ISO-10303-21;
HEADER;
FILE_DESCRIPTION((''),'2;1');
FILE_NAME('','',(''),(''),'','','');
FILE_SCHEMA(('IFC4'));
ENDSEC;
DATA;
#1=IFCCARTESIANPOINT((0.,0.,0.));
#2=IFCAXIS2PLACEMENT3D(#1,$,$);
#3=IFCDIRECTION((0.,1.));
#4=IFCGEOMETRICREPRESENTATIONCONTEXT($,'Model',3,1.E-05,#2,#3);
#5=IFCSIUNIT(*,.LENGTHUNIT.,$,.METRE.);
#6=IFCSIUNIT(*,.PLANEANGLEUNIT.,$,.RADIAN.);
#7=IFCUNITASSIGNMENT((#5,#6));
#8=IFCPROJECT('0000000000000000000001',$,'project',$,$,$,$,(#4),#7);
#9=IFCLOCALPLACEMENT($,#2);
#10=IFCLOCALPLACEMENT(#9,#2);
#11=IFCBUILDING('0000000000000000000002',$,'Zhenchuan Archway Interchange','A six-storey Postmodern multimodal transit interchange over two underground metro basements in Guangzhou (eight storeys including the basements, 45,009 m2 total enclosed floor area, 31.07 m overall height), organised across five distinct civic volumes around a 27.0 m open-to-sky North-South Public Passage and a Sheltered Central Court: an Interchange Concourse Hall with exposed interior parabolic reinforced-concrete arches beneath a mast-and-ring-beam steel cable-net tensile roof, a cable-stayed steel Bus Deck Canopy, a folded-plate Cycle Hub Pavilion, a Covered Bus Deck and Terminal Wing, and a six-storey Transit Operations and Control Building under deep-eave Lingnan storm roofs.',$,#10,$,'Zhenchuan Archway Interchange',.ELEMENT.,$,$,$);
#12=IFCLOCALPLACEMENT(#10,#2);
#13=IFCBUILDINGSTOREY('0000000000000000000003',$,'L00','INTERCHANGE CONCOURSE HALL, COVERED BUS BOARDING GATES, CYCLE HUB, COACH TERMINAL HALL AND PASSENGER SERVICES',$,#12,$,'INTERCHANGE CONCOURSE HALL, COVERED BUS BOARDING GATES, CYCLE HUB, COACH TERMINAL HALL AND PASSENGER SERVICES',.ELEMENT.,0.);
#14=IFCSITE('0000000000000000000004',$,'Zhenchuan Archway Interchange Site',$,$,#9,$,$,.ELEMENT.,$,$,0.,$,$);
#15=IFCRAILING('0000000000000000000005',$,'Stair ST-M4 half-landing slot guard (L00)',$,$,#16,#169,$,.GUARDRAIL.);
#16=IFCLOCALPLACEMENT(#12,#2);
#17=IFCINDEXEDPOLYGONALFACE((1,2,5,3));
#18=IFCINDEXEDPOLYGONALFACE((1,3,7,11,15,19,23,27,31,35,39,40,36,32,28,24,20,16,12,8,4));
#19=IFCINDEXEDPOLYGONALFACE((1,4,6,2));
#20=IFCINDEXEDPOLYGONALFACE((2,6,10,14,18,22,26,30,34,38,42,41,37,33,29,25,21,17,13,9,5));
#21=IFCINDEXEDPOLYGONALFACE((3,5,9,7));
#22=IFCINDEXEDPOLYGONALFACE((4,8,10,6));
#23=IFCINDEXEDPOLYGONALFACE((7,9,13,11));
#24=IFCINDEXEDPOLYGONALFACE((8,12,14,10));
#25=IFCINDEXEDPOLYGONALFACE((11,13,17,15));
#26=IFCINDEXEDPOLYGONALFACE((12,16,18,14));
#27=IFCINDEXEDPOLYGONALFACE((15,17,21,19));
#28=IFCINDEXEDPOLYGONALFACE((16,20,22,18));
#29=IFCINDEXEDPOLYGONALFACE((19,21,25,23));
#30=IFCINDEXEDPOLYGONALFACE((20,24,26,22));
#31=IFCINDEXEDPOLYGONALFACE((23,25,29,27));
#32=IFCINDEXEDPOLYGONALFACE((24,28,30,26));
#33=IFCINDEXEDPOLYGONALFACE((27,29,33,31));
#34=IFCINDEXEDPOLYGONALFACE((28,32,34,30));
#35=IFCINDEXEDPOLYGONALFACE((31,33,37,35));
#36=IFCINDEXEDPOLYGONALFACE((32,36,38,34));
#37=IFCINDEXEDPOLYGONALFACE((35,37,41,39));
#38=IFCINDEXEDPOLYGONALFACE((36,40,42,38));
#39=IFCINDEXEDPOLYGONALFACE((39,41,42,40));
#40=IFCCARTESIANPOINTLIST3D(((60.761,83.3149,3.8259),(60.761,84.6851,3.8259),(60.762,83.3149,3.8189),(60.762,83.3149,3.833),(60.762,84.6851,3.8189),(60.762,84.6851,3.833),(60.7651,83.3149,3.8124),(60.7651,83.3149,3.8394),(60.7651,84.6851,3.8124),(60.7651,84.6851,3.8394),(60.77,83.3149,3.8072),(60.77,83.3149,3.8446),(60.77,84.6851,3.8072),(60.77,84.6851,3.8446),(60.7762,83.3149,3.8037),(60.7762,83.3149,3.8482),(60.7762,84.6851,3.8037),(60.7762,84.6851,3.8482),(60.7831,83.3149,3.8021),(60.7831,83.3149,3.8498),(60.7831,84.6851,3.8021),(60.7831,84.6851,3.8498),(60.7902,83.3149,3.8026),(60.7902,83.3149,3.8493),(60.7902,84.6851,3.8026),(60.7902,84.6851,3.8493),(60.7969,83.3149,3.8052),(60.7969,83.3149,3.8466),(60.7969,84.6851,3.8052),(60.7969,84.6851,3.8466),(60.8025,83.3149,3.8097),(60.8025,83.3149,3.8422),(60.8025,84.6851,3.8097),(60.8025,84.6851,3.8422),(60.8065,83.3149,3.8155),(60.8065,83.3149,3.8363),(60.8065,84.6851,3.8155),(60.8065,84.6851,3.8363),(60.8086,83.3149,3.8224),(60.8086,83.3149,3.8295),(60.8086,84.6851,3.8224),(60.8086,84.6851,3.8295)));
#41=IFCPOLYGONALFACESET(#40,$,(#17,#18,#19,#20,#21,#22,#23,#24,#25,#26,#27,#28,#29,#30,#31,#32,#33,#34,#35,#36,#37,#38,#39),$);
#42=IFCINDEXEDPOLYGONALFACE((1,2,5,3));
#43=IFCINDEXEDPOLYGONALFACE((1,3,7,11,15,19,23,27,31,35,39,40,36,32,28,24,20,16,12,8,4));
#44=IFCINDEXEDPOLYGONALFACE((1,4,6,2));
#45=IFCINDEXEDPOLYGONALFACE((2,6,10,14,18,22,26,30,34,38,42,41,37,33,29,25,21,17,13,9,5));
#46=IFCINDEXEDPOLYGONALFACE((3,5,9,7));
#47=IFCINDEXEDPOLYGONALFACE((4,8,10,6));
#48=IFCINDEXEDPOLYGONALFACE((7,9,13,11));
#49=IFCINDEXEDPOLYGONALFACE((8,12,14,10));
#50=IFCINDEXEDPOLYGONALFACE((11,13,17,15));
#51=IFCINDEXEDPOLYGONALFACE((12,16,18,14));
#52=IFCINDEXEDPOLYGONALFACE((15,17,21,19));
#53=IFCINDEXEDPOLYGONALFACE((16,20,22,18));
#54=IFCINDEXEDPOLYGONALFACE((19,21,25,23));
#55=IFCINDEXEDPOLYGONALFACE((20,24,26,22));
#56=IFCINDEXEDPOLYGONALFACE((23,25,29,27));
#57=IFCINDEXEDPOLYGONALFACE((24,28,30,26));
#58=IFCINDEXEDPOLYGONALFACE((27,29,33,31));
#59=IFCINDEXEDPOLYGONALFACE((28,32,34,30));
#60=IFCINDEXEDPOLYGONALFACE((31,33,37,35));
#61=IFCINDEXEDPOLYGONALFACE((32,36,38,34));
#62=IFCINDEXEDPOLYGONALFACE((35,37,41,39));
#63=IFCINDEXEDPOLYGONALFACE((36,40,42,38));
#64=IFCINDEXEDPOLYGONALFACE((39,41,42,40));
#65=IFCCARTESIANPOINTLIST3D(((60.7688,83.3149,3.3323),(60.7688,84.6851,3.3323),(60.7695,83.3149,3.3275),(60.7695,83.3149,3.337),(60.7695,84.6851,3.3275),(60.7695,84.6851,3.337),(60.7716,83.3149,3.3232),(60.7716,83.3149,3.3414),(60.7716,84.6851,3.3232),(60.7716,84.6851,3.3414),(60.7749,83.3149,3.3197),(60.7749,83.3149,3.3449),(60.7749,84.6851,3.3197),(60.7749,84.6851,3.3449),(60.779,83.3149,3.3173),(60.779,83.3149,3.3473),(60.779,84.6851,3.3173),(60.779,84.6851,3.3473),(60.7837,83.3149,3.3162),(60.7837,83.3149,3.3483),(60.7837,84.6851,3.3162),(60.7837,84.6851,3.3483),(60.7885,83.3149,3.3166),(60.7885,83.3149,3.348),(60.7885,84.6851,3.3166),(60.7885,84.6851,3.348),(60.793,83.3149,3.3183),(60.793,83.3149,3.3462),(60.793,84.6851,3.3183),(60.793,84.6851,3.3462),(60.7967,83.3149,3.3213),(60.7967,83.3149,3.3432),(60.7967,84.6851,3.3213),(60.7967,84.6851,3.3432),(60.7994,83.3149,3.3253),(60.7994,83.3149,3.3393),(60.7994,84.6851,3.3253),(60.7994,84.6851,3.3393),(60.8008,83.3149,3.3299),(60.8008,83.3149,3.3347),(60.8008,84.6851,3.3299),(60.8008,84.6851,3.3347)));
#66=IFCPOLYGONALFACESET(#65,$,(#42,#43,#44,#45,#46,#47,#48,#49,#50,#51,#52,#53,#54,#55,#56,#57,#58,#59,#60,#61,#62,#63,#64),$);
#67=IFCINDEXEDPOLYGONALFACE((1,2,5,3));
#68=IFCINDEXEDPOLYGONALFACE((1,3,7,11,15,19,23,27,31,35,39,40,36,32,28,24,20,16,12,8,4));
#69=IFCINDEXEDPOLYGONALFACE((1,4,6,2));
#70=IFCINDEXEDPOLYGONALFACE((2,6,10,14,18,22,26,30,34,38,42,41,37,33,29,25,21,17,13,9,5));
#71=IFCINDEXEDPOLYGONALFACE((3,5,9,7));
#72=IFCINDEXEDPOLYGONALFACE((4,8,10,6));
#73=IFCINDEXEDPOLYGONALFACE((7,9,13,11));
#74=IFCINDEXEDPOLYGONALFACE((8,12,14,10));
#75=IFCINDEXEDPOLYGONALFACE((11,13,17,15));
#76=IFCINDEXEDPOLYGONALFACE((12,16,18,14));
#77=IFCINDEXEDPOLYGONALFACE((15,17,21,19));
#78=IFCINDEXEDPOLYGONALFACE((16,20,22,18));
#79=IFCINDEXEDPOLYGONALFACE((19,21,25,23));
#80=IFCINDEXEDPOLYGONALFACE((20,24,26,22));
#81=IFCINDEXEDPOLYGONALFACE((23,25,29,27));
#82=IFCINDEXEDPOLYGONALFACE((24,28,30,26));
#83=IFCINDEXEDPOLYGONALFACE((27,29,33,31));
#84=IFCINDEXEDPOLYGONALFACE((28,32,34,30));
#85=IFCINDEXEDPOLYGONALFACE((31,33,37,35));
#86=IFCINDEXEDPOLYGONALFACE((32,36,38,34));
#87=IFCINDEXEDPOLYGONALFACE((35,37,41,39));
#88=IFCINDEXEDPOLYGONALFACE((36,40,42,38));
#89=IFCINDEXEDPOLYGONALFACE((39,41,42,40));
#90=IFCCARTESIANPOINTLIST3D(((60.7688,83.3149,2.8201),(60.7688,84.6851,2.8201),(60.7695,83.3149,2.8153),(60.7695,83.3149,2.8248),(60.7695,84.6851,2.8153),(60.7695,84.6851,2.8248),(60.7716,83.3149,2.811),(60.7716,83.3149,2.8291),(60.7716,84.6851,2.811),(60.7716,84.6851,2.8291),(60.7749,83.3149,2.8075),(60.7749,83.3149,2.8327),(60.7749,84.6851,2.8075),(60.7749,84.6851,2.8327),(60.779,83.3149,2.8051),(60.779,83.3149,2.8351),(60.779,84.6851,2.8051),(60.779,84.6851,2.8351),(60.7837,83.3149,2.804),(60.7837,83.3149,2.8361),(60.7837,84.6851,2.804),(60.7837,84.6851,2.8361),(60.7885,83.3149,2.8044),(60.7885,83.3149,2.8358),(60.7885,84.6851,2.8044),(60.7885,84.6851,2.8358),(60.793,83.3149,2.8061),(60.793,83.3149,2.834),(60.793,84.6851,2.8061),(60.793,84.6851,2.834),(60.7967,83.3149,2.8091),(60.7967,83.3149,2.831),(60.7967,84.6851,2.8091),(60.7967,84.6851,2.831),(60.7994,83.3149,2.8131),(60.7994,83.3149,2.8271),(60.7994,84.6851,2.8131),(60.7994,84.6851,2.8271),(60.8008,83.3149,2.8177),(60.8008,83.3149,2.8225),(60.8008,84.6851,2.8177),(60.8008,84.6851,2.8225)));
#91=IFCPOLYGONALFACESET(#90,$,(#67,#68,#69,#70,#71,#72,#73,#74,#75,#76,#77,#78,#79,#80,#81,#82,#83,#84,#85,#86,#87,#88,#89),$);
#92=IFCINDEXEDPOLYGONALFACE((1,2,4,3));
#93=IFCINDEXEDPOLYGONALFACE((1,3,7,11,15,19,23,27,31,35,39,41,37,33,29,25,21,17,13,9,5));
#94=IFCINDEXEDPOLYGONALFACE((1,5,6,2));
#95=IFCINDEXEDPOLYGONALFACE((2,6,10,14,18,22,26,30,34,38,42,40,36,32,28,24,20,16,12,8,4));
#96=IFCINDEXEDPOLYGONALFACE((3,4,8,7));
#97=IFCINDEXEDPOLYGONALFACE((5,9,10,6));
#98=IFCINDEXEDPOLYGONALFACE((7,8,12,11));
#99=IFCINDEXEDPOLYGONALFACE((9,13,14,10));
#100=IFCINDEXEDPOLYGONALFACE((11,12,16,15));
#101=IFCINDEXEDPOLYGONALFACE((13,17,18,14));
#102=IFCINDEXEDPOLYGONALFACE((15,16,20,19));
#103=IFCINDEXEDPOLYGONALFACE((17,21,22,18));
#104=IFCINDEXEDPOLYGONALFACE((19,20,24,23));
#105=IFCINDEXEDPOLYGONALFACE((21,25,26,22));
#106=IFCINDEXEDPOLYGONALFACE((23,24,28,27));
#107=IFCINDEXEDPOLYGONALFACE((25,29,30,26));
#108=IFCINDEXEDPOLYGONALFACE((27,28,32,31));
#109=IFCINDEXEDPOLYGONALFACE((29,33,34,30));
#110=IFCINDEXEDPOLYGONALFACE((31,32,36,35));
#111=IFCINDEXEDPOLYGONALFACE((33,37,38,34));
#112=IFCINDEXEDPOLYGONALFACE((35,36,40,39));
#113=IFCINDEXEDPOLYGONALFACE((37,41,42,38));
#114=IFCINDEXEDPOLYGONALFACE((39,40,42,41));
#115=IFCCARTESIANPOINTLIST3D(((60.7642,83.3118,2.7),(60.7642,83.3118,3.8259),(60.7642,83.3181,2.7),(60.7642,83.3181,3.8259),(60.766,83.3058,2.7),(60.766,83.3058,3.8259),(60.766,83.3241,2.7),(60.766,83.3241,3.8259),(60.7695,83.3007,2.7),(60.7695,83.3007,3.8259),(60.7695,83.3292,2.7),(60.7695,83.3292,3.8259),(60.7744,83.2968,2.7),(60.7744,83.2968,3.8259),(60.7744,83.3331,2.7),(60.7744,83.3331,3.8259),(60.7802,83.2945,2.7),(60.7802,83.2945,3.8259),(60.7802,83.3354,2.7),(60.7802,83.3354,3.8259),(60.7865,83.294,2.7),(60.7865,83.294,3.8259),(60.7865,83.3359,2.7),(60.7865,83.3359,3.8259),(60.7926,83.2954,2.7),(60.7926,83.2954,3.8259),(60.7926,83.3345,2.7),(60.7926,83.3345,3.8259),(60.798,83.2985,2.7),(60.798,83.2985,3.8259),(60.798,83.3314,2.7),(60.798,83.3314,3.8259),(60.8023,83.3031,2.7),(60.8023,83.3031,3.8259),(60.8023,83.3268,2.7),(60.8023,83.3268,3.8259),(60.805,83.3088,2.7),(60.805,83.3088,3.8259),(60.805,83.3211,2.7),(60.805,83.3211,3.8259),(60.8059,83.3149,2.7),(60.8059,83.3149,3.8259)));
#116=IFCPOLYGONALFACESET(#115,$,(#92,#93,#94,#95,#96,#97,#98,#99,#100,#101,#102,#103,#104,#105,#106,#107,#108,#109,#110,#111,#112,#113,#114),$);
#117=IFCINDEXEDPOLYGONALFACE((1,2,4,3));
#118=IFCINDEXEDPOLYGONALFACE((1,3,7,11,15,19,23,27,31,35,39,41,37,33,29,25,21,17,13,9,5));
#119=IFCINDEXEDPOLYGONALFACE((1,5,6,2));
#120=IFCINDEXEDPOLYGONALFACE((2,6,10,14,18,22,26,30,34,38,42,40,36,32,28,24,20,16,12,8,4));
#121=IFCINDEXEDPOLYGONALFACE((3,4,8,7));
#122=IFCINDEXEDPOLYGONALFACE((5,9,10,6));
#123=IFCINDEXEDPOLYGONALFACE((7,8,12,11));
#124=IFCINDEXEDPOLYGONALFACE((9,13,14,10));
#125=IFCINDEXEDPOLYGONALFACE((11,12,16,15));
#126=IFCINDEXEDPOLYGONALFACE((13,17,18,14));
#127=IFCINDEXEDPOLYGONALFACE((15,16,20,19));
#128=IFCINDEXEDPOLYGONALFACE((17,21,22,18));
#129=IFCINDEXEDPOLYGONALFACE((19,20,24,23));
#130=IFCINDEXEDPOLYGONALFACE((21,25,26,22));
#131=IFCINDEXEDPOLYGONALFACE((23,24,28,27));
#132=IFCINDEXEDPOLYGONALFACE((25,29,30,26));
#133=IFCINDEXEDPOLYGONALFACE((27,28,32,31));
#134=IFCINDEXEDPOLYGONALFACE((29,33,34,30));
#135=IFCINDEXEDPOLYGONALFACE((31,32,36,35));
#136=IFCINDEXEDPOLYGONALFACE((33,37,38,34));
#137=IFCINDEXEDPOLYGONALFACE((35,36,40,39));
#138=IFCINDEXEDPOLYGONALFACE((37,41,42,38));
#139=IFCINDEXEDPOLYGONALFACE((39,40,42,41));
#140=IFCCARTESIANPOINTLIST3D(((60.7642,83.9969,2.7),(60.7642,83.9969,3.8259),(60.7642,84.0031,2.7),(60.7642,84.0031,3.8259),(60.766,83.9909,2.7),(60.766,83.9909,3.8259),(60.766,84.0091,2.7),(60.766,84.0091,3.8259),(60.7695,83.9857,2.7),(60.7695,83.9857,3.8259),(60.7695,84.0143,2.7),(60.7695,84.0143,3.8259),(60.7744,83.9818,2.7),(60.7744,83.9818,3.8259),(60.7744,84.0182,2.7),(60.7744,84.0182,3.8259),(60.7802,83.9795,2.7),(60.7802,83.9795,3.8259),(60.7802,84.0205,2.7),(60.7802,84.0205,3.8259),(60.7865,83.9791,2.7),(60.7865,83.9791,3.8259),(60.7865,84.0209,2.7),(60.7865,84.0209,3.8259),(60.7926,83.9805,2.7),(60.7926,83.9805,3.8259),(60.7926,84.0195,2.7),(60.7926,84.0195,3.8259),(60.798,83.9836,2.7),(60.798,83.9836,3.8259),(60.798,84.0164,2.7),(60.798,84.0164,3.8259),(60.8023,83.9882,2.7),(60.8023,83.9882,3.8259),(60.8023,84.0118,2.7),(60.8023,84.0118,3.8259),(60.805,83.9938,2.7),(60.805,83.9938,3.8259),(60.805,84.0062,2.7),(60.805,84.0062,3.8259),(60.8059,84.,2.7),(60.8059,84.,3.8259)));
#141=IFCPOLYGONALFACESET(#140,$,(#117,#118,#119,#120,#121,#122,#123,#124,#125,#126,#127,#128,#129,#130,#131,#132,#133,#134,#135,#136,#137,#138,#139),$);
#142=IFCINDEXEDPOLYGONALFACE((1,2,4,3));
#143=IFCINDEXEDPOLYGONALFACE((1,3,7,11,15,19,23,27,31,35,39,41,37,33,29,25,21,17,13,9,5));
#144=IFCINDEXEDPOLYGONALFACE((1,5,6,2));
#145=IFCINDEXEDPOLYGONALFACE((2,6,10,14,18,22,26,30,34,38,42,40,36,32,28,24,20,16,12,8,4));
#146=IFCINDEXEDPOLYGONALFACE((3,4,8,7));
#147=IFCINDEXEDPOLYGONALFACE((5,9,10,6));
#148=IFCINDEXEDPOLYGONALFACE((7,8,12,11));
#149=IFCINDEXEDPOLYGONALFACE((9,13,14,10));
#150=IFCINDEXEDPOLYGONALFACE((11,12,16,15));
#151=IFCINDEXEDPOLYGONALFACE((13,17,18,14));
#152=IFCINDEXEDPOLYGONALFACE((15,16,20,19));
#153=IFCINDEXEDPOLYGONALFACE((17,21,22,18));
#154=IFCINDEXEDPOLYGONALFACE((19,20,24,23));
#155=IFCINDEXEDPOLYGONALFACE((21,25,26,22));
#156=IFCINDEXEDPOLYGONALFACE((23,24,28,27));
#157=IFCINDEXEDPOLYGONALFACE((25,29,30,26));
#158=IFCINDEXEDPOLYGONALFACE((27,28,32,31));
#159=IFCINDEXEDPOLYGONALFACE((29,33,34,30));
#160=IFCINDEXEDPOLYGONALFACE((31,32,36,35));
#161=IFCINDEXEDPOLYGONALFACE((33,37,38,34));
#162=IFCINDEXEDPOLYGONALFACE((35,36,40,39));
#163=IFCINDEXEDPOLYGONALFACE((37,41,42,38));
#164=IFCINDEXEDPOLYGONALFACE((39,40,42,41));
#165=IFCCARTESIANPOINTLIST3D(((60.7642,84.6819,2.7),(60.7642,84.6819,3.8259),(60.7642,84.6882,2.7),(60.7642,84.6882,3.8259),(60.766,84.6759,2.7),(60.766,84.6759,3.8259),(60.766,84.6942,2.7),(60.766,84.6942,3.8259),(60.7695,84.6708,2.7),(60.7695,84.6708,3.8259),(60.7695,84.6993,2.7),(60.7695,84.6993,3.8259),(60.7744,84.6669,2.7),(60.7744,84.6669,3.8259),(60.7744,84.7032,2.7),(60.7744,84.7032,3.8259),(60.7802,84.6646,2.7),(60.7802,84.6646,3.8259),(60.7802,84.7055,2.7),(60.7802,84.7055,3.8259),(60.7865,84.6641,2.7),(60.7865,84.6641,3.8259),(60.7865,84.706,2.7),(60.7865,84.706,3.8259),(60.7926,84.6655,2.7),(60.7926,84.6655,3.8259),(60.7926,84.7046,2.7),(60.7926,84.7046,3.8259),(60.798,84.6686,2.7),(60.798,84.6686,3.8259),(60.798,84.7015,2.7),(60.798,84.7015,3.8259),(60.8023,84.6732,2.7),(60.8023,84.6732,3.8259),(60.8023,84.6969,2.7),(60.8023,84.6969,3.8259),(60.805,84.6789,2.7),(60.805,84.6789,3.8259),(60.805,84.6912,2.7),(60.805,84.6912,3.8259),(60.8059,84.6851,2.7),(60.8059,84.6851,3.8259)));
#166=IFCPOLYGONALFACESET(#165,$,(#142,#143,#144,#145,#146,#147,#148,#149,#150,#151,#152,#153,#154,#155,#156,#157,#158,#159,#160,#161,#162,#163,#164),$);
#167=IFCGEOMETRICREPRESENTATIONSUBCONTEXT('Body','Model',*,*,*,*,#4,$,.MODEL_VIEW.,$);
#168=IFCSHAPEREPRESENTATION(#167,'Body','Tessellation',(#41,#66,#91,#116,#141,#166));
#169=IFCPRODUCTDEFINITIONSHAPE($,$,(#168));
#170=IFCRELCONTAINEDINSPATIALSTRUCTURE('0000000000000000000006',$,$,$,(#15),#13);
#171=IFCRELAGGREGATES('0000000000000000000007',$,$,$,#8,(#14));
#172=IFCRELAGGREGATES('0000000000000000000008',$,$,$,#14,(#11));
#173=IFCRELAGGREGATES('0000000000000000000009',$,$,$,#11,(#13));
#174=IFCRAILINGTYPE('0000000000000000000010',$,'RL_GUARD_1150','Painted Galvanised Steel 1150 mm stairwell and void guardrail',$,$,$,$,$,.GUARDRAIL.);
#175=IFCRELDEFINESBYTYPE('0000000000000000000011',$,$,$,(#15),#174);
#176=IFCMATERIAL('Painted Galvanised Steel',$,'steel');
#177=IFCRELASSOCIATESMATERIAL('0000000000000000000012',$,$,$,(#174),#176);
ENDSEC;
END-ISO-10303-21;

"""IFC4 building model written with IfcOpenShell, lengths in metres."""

from ifc_helpers import new_model, si_unit, direction, frame, origin, origin_2d, place, context, subcontext, project, spatial, circle, extrude, material, type_object, element, save


model = new_model("IFC4")

# Units and contexts
model_context = context("Model", 3, precision=1e-05, world=origin(), true_north=direction((0.0, 1.0)))
body_context = subcontext(model_context, "Body", "Model", "MODEL_VIEW")
ifc_project = project(units=[si_unit("LENGTHUNIT", "METRE"), si_unit("PLANEANGLEUNIT", "RADIAN")], contexts=[model_context])

# Site, building, storey
site_placement = place(None, origin())
site = spatial("IfcSite", under=ifc_project, at=site_placement, Name="Zhenchuan Archway Interchange Site", CompositionType="ELEMENT", RefElevation=0.0)
building_placement = place(site_placement, origin())
building = spatial("IfcBuilding", under=site, at=building_placement, Name="Zhenchuan Archway Interchange", Description="A six-storey Postmodern multimodal transit interchange over two underground metro basements in Guangzhou (eight storeys including the basements, 45,009 m2 total enclosed floor area, 31.07 m overall height), organised across five distinct civic volumes around a 27.0 m open-to-sky North-South Public Passage and a Sheltered Central Court: an Interchange Concourse Hall with exposed interior parabolic reinforced-concrete arches beneath a mast-and-ring-beam steel cable-net tensile roof, a cable-stayed steel Bus Deck Canopy, a folded-plate Cycle Hub Pavilion, a Covered Bus Deck and Terminal Wing, and a six-storey Transit Operations and Control Building under deep-eave Lingnan storm roofs.", LongName="Zhenchuan Archway Interchange", CompositionType="ELEMENT")
storey_placement = place(building_placement, origin())
storey = spatial("IfcBuildingStorey", under=building, at=storey_placement, Name="L00", Description="INTERCHANGE CONCOURSE HALL, COVERED BUS BOARDING GATES, CYCLE HUB, COACH TERMINAL HALL AND PASSENGER SERVICES", LongName="INTERCHANGE CONCOURSE HALL, COVERED BUS BOARDING GATES, CYCLE HUB, COACH TERMINAL HALL AND PASSENGER SERVICES", CompositionType="ELEMENT", Elevation=0.0)

# Shared definitions
ifc_material_1 = material(Name="Painted Galvanised Steel", Category="steel")

# Railing
railing_type_1 = type_object("IfcRailingType", Name="RL_GUARD_1150", Description="Painted Galvanised Steel 1150 mm stairwell and void guardrail", PredefinedType="GUARDRAIL", material=ifc_material_1)
for number, where, name in (
    (1, (60.7849, 83.3149, 2.7), "Stair ST-M4 half-landing slot guard (L00)"),
):
    element("IfcRailing", number, at=place(storey_placement, frame(where)), inside=storey, type_object=railing_type_1, Name=name, PredefinedType="GUARDRAIL", context=body_context, shape_type="SweptSolid", body=[
        extrude(circle(Radius=0.0239, at=origin_2d()), frame((0.0, 0.0, 1.126), z_axis=(0.0, 1.0, 0.0), x_axis=(-1.0, 0.0, 0.0)), (0.0, 0.0, 1.0), 1.3701),
        extrude(circle(Radius=0.0161, at=origin_2d()), frame((0.0, 0.0, 0.6323), z_axis=(0.0, 1.0, 0.0), x_axis=(-1.0, 0.0, 0.0)), (0.0, 0.0, 1.0), 1.3701),
        extrude(circle(Radius=0.0161, at=origin_2d()), frame((0.0, 0.0, 0.1201), z_axis=(0.0, 1.0, 0.0), x_axis=(-1.0, 0.0, 0.0)), (0.0, 0.0, 1.0), 1.3701),
        extrude(circle(Radius=0.021, at=origin_2d()), origin(), (0.0, 0.0, 1.0), 1.126),
        extrude(circle(Radius=0.021, at=origin_2d()), frame((0.0, 0.6851, 0.0)), (0.0, 0.0, 1.0), 1.126),
        extrude(circle(Radius=0.021, at=origin_2d()), frame((0.0, 1.3701, 0.0)), (0.0, 0.0, 1.0), 1.126),
    ])

save(model, "model.ifc")
